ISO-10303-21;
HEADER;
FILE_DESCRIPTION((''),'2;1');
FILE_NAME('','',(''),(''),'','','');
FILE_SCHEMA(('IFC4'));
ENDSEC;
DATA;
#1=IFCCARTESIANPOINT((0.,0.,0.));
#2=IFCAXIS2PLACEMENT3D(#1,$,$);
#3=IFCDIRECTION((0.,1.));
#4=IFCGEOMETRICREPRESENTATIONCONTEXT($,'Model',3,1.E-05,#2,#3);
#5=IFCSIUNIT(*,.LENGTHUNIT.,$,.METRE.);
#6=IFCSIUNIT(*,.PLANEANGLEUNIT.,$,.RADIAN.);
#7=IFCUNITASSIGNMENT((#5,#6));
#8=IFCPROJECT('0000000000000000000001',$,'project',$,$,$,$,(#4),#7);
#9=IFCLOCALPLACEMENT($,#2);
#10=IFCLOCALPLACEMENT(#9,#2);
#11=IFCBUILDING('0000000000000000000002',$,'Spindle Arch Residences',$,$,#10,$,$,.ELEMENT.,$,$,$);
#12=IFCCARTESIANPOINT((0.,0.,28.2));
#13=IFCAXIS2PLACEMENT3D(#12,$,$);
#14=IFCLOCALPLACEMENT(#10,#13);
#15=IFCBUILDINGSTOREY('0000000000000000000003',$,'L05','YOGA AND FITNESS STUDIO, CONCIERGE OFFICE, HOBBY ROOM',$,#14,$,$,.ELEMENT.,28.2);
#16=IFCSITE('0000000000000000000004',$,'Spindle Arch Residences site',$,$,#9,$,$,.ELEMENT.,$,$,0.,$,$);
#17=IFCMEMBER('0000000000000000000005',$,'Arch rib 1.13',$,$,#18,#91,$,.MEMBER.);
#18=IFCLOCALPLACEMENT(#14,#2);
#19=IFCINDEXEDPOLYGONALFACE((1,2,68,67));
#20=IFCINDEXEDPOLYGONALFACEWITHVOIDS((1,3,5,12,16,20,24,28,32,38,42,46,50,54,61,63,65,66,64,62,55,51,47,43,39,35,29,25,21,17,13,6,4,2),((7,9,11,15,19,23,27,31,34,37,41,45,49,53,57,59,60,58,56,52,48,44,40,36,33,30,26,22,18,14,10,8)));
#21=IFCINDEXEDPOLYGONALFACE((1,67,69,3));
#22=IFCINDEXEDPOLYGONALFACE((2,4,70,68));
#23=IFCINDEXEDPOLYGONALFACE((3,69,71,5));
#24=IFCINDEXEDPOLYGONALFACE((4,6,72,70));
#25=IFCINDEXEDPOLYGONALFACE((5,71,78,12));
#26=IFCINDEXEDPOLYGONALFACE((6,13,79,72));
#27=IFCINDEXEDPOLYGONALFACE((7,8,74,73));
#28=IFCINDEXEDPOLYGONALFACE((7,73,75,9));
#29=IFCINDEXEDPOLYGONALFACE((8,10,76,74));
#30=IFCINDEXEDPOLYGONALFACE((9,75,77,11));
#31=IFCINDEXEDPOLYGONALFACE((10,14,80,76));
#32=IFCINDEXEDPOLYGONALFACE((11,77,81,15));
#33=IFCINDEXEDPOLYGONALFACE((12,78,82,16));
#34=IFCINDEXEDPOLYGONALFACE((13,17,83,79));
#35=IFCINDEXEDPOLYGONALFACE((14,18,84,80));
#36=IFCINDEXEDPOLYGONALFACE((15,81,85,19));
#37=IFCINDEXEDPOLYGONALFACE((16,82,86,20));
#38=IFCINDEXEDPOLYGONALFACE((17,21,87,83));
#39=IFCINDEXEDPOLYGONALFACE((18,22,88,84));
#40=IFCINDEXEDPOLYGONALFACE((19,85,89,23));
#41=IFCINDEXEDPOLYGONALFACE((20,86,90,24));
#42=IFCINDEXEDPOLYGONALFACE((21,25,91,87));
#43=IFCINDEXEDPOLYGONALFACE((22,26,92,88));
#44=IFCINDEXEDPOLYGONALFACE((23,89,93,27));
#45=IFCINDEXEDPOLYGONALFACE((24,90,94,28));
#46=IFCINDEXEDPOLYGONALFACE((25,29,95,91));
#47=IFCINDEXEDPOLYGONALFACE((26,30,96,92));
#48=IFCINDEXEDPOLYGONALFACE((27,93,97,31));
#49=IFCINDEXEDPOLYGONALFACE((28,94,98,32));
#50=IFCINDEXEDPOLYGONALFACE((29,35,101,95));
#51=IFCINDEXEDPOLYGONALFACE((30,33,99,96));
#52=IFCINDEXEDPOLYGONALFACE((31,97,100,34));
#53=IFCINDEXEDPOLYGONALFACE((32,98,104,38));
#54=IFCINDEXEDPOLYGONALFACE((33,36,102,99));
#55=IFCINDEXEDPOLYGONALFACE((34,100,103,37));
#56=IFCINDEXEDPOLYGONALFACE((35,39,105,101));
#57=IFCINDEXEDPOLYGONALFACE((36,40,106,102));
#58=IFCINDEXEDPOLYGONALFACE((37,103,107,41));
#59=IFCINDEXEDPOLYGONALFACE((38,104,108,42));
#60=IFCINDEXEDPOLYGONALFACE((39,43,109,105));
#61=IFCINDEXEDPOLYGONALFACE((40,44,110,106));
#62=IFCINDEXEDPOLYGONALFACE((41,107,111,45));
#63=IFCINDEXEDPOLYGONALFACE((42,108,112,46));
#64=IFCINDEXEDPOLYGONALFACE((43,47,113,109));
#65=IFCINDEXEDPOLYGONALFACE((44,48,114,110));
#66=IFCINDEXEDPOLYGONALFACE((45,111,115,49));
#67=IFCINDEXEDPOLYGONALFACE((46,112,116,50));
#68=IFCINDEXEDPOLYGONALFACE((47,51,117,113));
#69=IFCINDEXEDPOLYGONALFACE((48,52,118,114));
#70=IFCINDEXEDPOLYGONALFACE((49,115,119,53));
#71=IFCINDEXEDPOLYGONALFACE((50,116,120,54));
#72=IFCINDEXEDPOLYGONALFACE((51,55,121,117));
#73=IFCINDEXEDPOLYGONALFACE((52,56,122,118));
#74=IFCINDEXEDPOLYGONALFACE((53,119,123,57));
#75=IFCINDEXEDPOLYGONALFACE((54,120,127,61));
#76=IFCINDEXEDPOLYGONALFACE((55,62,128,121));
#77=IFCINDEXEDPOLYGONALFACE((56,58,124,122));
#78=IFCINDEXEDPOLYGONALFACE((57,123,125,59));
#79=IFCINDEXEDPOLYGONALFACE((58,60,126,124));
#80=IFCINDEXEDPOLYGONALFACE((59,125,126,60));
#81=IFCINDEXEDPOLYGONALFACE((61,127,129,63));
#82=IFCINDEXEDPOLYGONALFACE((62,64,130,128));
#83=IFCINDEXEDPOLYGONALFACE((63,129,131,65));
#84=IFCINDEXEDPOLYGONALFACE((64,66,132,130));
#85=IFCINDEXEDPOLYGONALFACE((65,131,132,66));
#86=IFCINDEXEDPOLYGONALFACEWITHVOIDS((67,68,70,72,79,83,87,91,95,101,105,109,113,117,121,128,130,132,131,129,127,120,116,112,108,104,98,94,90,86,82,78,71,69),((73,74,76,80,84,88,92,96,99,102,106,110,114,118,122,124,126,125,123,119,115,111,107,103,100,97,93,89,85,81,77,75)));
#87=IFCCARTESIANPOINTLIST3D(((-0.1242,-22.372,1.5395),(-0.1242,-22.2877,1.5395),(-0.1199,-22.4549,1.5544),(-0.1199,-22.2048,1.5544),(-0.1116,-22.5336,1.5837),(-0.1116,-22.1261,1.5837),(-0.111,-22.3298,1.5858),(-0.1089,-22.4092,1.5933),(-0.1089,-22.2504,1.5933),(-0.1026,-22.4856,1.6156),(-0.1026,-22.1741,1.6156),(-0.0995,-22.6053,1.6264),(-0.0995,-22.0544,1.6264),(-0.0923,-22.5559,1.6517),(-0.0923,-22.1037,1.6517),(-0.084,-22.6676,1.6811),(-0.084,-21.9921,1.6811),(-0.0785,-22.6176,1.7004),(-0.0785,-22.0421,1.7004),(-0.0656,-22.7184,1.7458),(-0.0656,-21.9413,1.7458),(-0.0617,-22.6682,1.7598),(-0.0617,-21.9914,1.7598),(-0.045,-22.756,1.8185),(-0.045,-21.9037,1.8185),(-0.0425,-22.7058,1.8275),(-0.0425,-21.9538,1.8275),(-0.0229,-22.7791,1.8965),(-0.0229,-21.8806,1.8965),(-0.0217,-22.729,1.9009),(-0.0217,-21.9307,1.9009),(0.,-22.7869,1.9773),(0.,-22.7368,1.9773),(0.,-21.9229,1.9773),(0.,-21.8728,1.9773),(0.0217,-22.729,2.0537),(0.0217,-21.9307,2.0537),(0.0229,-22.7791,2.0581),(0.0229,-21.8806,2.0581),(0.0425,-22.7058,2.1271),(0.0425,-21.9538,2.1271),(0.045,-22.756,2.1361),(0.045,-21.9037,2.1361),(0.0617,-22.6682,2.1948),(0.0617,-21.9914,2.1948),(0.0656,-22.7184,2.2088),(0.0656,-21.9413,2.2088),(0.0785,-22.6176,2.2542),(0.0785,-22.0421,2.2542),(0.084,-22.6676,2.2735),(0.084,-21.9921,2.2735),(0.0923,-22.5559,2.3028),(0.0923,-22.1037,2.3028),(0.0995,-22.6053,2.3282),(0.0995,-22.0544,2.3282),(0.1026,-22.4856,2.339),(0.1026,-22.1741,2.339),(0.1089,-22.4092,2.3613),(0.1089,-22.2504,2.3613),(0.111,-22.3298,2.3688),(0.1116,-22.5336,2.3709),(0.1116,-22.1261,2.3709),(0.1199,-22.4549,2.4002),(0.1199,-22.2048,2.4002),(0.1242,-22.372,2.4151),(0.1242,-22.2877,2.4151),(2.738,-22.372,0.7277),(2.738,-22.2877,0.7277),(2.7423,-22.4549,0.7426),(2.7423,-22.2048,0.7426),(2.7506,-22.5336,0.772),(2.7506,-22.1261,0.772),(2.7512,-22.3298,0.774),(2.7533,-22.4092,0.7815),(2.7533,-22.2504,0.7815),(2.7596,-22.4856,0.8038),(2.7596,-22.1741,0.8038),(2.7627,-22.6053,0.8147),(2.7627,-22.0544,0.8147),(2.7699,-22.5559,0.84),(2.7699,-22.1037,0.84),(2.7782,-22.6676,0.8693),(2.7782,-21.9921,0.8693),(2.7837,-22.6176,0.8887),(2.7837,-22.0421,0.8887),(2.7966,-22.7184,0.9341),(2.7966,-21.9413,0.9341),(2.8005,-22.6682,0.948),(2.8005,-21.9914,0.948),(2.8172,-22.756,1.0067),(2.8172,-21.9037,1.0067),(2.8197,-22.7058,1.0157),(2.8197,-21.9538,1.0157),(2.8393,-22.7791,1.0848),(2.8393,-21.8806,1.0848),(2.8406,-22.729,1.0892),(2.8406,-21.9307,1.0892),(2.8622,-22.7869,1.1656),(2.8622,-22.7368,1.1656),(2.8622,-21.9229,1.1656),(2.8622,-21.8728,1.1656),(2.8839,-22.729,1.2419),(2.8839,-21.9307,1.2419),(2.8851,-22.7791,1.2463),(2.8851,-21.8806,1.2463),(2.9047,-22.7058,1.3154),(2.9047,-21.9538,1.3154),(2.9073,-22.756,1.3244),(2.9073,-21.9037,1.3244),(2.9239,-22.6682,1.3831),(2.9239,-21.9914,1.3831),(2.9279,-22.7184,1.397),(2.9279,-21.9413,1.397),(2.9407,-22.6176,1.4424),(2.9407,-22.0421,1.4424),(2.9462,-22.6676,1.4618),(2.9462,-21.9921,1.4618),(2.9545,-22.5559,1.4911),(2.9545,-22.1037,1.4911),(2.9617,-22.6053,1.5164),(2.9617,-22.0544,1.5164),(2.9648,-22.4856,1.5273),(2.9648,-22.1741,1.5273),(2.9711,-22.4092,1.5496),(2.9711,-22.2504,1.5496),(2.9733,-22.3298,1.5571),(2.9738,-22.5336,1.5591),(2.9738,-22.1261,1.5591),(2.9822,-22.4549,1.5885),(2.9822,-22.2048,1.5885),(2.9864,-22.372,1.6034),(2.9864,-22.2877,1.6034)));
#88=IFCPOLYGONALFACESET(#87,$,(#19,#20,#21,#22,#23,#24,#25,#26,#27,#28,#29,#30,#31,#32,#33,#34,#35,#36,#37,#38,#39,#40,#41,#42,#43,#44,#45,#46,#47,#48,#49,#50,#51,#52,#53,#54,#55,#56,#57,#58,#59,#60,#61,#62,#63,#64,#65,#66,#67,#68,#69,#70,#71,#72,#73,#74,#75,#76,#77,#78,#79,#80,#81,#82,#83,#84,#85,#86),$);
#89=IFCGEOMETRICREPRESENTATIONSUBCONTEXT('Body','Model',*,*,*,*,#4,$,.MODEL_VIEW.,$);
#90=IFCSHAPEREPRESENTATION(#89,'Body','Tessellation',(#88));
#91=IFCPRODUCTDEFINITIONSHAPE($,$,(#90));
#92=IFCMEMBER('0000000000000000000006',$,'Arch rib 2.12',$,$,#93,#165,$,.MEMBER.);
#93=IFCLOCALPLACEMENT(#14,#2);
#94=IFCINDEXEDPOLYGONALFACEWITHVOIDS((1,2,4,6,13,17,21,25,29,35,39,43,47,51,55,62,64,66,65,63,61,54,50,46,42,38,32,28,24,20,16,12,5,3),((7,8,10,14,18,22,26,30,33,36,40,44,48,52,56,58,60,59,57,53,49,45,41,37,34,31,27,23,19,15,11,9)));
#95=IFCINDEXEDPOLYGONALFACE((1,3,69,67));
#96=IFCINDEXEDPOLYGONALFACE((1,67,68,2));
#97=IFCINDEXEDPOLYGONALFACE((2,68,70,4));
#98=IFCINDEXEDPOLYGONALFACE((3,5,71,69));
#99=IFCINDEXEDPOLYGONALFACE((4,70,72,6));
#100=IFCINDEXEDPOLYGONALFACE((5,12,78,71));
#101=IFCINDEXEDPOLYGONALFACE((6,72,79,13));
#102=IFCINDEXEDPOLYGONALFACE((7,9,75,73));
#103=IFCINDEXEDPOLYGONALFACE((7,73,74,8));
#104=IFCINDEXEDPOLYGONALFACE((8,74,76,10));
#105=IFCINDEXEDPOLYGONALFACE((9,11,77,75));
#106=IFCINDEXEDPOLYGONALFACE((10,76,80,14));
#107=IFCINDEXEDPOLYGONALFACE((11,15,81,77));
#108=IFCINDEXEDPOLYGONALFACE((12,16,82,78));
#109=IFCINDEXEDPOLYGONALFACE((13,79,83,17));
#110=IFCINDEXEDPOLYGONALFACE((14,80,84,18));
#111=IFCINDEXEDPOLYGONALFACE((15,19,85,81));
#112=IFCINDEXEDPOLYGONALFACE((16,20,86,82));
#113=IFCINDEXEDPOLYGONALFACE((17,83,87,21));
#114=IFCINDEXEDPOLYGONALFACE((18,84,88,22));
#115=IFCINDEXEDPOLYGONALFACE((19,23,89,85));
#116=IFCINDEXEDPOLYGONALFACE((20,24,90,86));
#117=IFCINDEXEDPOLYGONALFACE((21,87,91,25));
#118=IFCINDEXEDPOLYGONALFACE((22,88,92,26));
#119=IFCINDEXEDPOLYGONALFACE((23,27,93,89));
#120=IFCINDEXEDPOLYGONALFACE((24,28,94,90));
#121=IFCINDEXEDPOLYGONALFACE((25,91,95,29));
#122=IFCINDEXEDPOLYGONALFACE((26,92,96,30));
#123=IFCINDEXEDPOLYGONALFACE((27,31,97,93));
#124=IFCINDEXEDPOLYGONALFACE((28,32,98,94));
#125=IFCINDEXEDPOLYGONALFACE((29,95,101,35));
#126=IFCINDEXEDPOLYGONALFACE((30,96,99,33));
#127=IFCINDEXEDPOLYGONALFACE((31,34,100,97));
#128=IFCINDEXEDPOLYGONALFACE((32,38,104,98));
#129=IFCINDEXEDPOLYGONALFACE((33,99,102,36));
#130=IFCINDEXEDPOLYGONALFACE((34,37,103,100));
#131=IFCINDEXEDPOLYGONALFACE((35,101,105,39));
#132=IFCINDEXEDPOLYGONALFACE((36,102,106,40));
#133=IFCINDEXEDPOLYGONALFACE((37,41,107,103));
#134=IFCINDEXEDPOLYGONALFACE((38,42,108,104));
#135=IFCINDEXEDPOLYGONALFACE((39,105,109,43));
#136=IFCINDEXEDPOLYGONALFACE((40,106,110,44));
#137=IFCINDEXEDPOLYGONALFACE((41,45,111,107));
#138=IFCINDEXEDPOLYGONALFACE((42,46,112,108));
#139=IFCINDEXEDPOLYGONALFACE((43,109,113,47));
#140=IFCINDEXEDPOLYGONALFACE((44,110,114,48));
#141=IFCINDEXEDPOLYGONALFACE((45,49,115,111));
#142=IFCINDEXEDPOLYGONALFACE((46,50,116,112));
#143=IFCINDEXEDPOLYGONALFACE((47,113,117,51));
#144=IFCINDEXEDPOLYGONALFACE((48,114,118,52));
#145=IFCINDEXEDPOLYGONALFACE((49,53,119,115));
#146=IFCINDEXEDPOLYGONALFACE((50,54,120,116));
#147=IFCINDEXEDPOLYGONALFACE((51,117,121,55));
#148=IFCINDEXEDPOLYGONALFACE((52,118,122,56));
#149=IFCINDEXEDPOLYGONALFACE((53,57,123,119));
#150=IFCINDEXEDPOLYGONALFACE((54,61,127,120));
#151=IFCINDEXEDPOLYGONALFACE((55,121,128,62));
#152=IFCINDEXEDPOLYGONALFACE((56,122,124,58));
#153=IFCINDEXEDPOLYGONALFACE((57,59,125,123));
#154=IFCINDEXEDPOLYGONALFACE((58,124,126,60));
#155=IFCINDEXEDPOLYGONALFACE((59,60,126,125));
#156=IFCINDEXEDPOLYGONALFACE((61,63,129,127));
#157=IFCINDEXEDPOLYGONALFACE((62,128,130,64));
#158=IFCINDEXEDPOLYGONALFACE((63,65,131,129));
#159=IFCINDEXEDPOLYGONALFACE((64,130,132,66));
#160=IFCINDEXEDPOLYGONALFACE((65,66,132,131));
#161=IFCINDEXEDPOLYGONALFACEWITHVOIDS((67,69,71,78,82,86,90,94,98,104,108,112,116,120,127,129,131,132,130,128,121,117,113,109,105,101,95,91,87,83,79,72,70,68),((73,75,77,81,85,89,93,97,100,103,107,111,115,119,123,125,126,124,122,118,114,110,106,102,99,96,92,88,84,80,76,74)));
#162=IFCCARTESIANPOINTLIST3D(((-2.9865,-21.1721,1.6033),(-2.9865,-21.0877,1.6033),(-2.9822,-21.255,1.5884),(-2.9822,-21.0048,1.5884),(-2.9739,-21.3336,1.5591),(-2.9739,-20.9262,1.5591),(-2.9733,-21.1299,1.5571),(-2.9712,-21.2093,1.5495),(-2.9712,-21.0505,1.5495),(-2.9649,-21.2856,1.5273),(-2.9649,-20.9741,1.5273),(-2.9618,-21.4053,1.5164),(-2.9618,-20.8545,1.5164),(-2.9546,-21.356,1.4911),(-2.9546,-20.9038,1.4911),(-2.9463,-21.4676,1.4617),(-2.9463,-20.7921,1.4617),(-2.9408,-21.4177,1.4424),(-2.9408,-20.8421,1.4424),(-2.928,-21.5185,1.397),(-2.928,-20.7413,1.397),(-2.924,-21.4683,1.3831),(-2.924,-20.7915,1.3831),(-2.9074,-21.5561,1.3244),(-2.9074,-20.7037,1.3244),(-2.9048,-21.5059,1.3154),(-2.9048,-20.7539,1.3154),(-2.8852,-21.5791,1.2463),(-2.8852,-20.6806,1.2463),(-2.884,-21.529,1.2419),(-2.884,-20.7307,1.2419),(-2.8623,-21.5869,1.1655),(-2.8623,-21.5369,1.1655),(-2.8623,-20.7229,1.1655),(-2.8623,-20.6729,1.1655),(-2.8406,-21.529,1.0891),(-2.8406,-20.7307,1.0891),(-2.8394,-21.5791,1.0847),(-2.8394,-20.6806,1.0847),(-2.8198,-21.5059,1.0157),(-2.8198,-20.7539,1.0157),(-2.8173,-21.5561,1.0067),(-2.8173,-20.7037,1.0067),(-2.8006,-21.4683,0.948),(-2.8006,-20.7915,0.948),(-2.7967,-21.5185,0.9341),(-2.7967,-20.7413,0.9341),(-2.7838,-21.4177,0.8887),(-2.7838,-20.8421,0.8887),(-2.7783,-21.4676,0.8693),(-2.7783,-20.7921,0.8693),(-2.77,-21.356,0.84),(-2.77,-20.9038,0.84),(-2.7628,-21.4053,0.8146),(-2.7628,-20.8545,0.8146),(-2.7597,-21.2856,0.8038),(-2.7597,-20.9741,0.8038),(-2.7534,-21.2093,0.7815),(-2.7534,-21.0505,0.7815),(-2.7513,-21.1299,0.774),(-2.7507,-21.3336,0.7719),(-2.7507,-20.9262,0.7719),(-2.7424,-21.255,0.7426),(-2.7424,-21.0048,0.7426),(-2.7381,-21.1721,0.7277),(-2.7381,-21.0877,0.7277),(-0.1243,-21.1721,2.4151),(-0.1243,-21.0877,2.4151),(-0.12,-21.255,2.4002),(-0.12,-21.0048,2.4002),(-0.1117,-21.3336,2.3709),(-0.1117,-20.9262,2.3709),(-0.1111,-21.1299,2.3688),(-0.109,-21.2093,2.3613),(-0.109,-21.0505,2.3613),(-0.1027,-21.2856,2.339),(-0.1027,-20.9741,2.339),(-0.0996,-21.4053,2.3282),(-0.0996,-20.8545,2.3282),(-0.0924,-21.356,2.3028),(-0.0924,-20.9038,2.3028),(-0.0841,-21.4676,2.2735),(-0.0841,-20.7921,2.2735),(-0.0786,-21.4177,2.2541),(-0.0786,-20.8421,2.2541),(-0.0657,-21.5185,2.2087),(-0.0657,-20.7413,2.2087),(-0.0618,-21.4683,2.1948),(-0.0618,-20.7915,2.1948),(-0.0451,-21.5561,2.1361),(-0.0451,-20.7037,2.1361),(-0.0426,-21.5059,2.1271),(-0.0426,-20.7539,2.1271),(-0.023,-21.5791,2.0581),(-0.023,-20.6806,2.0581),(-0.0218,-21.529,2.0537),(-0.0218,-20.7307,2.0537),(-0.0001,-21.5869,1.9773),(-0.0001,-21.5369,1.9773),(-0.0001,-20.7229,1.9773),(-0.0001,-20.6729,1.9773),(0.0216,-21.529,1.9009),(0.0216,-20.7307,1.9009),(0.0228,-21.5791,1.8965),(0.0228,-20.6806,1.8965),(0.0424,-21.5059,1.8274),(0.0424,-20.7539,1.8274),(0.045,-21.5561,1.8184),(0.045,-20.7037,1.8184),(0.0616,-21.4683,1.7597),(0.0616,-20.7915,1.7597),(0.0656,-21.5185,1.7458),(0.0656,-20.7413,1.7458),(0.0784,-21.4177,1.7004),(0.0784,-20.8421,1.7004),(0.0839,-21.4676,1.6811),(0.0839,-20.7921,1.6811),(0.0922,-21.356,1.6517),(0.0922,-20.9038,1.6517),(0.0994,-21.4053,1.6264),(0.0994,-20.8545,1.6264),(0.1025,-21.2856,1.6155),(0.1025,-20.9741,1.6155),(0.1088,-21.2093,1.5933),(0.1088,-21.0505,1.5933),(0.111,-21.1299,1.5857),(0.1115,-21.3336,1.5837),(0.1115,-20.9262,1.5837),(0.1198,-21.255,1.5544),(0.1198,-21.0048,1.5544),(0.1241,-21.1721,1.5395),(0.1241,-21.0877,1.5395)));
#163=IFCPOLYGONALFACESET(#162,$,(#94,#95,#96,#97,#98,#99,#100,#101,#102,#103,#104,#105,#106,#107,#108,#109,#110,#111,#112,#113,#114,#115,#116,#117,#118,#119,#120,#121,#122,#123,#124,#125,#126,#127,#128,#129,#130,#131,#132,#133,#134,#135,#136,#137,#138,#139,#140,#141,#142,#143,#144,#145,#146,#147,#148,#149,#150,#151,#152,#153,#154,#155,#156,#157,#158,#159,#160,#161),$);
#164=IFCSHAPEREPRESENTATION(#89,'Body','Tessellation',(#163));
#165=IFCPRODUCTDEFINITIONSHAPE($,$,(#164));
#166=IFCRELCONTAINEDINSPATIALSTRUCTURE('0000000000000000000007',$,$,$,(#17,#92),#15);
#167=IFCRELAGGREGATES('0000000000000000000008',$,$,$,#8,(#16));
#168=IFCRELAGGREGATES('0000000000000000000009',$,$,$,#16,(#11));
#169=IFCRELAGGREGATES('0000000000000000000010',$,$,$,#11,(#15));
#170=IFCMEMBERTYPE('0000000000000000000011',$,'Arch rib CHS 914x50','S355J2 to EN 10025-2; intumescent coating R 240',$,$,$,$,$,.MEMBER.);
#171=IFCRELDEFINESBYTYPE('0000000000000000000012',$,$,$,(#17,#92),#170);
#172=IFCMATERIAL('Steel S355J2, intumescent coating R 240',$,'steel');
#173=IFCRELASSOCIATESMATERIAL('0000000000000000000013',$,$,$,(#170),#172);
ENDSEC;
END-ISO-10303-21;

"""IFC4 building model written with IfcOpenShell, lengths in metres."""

from ifc_helpers import new_model, si_unit, direction, frame, origin, origin_2d, place, context, subcontext, project, spatial, hollow_circle, extrude, material, material_profile, profile_set, type_object, element, save


model = new_model("IFC4")

# Units and contexts
model_context = context("Model", 3, precision=1e-05, world=origin(), true_north=direction((0.0, 1.0)))
body_context = subcontext(model_context, "Body", "Model", "MODEL_VIEW")
ifc_project = project(units=[si_unit("LENGTHUNIT", "METRE"), si_unit("PLANEANGLEUNIT", "RADIAN")], contexts=[model_context])

# Site, building, storey
site_placement = place(None, origin())
site = spatial("IfcSite", under=ifc_project, at=site_placement, Name="Spindle Arch Residences site", CompositionType="ELEMENT", RefElevation=0.0)
building_placement = place(site_placement, origin())
building = spatial("IfcBuilding", under=site, at=building_placement, Name="Spindle Arch Residences", CompositionType="ELEMENT")
storey_placement = place(building_placement, frame((0.0, 0.0, 28.2)))
storey = spatial("IfcBuildingStorey", under=building, at=storey_placement, Name="L05", Description="YOGA AND FITNESS STUDIO, CONCIERGE OFFICE, HOBBY ROOM", CompositionType="ELEMENT", Elevation=28.2)

# Members
ifc_material_1 = material(Name="Steel S355J2, intumescent coating R 240", Category="steel")
ifc_material_profile_1 = material_profile(ifc_material_1, hollow_circle(Radius=0.457, WallThickness=0.05, at=origin_2d()), Name="CHS 914x50")
ifc_profile_set_1 = profile_set([ifc_material_profile_1], Name="Steel S355J2, intumescent coating R 240")
member_type_1 = type_object("IfcMemberType", Name="Arch rib CHS 914x50", Description="S355J2 to EN 10025-2; intumescent coating R 240", PredefinedType="MEMBER", material=ifc_profile_set_1)
for number, where, z_axis, x_axis, name in (
    (1, (0.0, -22.3298, 1.9773), (0.962058, 0.0, -0.272846), (0.0, 1.0, 0.0), "Arch rib 1.13"),
    (2, (-2.8623, -21.1299, 1.1655), (0.962058, 0.0, 0.272846), (0.0, 1.0, 0.0), "Arch rib 2.12"),
):
    element("IfcMember", number, at=place(storey_placement, frame(where, z_axis=z_axis, x_axis=x_axis)), inside=storey, type_object=member_type_1, Name=name, PredefinedType="MEMBER", context=body_context, shape_type="SweptSolid", body=[
        extrude(hollow_circle(Radius=0.457, WallThickness=0.05, at=origin_2d()), origin(), (0.0, 0.0, 1.0), 2.9751),
    ])

save(model, "model.ifc")
